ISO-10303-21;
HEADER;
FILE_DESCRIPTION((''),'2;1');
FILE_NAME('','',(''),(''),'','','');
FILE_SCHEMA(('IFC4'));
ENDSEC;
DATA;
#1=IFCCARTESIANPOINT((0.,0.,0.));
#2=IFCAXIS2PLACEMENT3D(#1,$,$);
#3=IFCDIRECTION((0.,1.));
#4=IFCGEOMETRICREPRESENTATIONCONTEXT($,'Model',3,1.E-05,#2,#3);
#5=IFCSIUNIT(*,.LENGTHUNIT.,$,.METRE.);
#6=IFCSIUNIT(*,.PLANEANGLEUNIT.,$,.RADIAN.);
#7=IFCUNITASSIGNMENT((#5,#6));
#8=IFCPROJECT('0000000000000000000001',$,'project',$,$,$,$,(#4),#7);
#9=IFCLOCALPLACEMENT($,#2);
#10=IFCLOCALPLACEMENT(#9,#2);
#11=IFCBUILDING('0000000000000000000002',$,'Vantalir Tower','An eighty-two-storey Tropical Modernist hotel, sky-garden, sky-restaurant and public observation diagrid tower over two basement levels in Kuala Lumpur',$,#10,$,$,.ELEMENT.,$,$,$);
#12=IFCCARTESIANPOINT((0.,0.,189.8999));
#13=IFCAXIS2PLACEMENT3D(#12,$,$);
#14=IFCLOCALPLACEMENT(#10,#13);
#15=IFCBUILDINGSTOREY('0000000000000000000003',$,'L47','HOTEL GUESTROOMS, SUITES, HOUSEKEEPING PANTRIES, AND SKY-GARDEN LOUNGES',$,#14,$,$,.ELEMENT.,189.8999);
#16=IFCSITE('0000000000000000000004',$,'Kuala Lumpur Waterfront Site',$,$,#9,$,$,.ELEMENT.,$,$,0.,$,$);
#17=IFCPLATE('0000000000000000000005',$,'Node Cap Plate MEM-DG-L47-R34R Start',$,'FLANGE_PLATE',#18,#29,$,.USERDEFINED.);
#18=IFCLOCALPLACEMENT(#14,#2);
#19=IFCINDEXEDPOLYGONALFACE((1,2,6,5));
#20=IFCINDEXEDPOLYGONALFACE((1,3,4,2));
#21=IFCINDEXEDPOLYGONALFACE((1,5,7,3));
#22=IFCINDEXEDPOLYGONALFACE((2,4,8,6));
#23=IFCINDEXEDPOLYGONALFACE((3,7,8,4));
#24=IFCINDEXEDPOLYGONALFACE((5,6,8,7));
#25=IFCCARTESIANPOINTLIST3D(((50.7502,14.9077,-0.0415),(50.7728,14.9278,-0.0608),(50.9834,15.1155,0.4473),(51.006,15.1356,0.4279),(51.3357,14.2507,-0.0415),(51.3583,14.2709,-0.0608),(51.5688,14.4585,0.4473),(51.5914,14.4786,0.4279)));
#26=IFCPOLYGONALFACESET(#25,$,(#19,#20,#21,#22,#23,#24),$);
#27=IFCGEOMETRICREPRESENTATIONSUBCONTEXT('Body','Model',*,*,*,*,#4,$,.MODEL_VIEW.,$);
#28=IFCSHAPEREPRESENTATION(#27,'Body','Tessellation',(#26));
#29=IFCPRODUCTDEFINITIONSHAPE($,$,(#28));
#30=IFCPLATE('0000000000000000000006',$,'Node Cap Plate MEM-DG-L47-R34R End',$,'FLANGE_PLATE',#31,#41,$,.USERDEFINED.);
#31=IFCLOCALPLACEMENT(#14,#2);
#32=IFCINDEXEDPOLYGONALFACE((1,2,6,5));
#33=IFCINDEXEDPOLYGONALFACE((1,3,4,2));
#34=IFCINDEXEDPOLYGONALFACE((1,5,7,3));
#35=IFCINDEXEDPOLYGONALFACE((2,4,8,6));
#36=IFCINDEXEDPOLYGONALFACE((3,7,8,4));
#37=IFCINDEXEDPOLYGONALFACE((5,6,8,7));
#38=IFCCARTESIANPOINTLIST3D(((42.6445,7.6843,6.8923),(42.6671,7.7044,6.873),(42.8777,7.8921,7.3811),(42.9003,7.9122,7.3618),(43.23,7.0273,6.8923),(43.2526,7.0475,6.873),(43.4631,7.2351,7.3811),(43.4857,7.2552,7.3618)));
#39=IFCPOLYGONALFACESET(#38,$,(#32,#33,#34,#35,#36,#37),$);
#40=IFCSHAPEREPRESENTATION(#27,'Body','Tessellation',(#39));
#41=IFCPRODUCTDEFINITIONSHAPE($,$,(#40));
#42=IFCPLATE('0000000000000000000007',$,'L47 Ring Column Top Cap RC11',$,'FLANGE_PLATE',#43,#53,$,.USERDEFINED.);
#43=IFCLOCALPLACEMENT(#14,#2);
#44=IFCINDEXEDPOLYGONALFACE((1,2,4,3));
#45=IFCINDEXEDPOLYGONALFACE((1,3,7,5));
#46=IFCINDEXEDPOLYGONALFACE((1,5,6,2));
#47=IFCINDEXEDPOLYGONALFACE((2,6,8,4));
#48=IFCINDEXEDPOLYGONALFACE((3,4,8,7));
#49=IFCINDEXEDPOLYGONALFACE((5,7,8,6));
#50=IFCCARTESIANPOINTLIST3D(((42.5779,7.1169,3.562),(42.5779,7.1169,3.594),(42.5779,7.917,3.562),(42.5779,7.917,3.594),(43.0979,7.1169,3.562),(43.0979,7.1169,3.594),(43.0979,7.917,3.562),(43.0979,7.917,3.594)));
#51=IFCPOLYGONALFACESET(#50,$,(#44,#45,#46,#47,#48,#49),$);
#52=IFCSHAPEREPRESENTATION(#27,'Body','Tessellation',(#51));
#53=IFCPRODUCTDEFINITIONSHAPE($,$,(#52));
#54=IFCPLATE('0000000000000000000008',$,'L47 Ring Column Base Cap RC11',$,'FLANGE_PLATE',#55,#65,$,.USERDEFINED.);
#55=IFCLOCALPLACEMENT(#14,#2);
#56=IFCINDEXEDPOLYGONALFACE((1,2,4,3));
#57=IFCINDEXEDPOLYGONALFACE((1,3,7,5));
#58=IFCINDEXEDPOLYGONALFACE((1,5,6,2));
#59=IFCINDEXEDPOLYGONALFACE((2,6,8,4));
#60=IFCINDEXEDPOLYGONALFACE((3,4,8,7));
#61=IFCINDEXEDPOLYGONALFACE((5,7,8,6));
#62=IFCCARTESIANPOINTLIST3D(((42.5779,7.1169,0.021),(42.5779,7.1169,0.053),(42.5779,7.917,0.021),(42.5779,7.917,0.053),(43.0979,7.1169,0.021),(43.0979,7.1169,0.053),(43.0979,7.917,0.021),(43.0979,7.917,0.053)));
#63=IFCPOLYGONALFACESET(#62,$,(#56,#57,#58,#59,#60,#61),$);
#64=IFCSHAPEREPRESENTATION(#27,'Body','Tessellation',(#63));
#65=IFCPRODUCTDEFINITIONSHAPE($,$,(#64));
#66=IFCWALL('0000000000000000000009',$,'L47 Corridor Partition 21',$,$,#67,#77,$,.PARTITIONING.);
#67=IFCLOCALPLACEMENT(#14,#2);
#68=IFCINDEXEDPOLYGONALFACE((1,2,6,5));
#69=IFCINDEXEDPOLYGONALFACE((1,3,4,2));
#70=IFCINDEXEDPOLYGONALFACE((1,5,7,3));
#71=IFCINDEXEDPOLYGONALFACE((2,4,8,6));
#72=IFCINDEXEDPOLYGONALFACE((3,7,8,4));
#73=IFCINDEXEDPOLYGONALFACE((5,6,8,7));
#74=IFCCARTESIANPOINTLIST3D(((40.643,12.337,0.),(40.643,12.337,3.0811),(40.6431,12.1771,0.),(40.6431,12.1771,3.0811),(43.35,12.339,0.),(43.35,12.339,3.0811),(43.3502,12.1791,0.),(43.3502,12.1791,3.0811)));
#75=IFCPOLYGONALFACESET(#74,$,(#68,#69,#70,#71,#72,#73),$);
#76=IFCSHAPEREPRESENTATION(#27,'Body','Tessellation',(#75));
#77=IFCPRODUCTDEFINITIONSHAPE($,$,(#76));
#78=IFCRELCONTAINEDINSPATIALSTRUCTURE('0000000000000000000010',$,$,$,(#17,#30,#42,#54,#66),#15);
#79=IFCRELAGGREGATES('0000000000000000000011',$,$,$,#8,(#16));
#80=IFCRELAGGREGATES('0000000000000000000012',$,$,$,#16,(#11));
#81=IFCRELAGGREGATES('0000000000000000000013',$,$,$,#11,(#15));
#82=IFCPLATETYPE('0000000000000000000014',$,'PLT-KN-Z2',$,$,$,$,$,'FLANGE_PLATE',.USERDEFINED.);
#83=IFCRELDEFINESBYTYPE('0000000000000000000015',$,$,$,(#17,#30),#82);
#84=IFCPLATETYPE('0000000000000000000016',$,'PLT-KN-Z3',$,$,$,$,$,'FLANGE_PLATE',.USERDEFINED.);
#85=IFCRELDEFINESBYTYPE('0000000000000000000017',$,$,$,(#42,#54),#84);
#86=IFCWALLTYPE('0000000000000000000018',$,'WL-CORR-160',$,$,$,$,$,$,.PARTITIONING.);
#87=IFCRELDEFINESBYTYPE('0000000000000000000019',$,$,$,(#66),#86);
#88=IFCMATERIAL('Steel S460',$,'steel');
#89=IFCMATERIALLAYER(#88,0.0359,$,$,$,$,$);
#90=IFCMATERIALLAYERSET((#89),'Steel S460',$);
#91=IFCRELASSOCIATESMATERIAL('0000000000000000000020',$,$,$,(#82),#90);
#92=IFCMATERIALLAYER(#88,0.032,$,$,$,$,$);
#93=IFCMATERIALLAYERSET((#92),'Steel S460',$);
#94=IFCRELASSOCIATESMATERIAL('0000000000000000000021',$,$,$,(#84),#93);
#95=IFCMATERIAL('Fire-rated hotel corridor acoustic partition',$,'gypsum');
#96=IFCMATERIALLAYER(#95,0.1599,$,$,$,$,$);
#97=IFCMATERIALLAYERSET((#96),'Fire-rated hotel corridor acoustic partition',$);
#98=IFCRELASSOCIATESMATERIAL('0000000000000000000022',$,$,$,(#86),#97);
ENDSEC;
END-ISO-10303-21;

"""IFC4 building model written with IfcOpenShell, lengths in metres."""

from ifc_helpers import new_model, si_unit, direction, frame, frame_2d, origin, place, context, subcontext, project, spatial, polyline, rectangle, outline, extrude, material, layer, layer_set, type_object, element, save


model = new_model("IFC4")

# Units and contexts
model_context = context("Model", 3, precision=1e-05, world=origin(), true_north=direction((0.0, 1.0)))
body_context = subcontext(model_context, "Body", "Model", "MODEL_VIEW")
ifc_project = project(units=[si_unit("LENGTHUNIT", "METRE"), si_unit("PLANEANGLEUNIT", "RADIAN")], contexts=[model_context])

# Site, building, storey
site_placement = place(None, origin())
site = spatial("IfcSite", under=ifc_project, at=site_placement, Name="Kuala Lumpur Waterfront Site", CompositionType="ELEMENT", RefElevation=0.0)
building_placement = place(site_placement, origin())
building = spatial("IfcBuilding", under=site, at=building_placement, Name="Vantalir Tower", Description="An eighty-two-storey Tropical Modernist hotel, sky-garden, sky-restaurant and public observation diagrid tower over two basement levels in Kuala Lumpur", CompositionType="ELEMENT")
storey_placement = place(building_placement, frame((0.0, 0.0, 189.8999)))
storey = spatial("IfcBuildingStorey", under=building, at=storey_placement, Name="L47", Description="HOTEL GUESTROOMS, SUITES, HOUSEKEEPING PANTRIES, AND SKY-GARDEN LOUNGES", CompositionType="ELEMENT", Elevation=189.8999)

# Shared definitions
ifc_material_1 = material(Name="Steel S460", Category="steel")

# Plates
ifc_layer_1 = layer(ifc_material_1, 0.0359)
ifc_layer_set_1 = layer_set([ifc_layer_1], Name="Steel S460")
plate_type_1 = type_object("IfcPlateType", Name="PLT-KN-Z2", ElementType="FLANGE_PLATE", PredefinedType="USERDEFINED", material=ifc_layer_set_1)
for number, where, z_axis, x_axis, name in (
    (1, (50.7502, 14.9077, -0.0415), (-0.629128, -0.560628, 0.538418), (0.665293, -0.746582, 0.0), "Node Cap Plate MEM-DG-L47-R34R Start"),
    (2, (42.6445, 7.6843, 6.8923), (-0.629128, -0.560628, 0.538418), (0.665293, -0.746582, 0.0), "Node Cap Plate MEM-DG-L47-R34R End"),
):
    element("IfcPlate", number, at=place(storey_placement, frame(where, z_axis=z_axis, x_axis=x_axis)), inside=storey, type_object=plate_type_1, Name=name, ObjectType="FLANGE_PLATE", PredefinedType="USERDEFINED", context=body_context, shape_type="SweptSolid", body=[
        extrude(outline(polyline([(0.0, 0.0), (0.88, 0.0), (0.88, 0.58), (0.0, 0.58), (0.0, 0.0)])), origin(), (0.0, 0.0, -1.0), 0.0359),
    ])
ifc_layer_2 = layer(ifc_material_1, 0.032)
ifc_layer_set_2 = layer_set([ifc_layer_2], Name="Steel S460")
plate_type_2 = type_object("IfcPlateType", Name="PLT-KN-Z3", ElementType="FLANGE_PLATE", PredefinedType="USERDEFINED", material=ifc_layer_set_2)
for number, where, z_axis, x_axis, name in (
    (3, (42.5779, 7.917, 3.594), (0.0, 0.0, 1.0), (0.0, -1.0, 0.0), "L47 Ring Column Top Cap RC11"),
    (4, (42.5779, 7.917, 0.053), (0.0, 0.0, 1.0), (0.0, -1.0, 0.0), "L47 Ring Column Base Cap RC11"),
):
    element("IfcPlate", number, at=place(storey_placement, frame(where, z_axis=z_axis, x_axis=x_axis)), inside=storey, type_object=plate_type_2, Name=name, ObjectType="FLANGE_PLATE", PredefinedType="USERDEFINED", context=body_context, shape_type="SweptSolid", body=[
        extrude(outline(polyline([(0.0, 0.0), (0.8, 0.0), (0.8, 0.52), (0.0, 0.52), (0.0, 0.0)])), origin(), (0.0, 0.0, -1.0), 0.032),
    ])

# Wall
ifc_material_2 = material(Name="Fire-rated hotel corridor acoustic partition", Category="gypsum")
ifc_layer_3 = layer(ifc_material_2, 0.1599)
ifc_layer_set_3 = layer_set([ifc_layer_3], Name="Fire-rated hotel corridor acoustic partition")
wall_type = type_object("IfcWallType", Name="WL-CORR-160", PredefinedType="PARTITIONING", material=ifc_layer_set_3)
wall_placement = place(storey_placement, frame((43.3501, 12.259, 0.0), z_axis=(0.0, 0.0, 1.0), x_axis=(-1.0, -0.000722, 0.0)))
element("IfcWall", 5, at=wall_placement, inside=storey, type_object=wall_type, Name="L47 Corridor Partition 21", PredefinedType="PARTITIONING", context=body_context, shape_type="SweptSolid", body=[
    extrude(rectangle(XDim=2.707, YDim=0.1599, at=frame_2d((1.3535, 0.0))), origin(), (0.0, 0.0, 1.0), 3.0811),
])

save(model, "model.ifc")
